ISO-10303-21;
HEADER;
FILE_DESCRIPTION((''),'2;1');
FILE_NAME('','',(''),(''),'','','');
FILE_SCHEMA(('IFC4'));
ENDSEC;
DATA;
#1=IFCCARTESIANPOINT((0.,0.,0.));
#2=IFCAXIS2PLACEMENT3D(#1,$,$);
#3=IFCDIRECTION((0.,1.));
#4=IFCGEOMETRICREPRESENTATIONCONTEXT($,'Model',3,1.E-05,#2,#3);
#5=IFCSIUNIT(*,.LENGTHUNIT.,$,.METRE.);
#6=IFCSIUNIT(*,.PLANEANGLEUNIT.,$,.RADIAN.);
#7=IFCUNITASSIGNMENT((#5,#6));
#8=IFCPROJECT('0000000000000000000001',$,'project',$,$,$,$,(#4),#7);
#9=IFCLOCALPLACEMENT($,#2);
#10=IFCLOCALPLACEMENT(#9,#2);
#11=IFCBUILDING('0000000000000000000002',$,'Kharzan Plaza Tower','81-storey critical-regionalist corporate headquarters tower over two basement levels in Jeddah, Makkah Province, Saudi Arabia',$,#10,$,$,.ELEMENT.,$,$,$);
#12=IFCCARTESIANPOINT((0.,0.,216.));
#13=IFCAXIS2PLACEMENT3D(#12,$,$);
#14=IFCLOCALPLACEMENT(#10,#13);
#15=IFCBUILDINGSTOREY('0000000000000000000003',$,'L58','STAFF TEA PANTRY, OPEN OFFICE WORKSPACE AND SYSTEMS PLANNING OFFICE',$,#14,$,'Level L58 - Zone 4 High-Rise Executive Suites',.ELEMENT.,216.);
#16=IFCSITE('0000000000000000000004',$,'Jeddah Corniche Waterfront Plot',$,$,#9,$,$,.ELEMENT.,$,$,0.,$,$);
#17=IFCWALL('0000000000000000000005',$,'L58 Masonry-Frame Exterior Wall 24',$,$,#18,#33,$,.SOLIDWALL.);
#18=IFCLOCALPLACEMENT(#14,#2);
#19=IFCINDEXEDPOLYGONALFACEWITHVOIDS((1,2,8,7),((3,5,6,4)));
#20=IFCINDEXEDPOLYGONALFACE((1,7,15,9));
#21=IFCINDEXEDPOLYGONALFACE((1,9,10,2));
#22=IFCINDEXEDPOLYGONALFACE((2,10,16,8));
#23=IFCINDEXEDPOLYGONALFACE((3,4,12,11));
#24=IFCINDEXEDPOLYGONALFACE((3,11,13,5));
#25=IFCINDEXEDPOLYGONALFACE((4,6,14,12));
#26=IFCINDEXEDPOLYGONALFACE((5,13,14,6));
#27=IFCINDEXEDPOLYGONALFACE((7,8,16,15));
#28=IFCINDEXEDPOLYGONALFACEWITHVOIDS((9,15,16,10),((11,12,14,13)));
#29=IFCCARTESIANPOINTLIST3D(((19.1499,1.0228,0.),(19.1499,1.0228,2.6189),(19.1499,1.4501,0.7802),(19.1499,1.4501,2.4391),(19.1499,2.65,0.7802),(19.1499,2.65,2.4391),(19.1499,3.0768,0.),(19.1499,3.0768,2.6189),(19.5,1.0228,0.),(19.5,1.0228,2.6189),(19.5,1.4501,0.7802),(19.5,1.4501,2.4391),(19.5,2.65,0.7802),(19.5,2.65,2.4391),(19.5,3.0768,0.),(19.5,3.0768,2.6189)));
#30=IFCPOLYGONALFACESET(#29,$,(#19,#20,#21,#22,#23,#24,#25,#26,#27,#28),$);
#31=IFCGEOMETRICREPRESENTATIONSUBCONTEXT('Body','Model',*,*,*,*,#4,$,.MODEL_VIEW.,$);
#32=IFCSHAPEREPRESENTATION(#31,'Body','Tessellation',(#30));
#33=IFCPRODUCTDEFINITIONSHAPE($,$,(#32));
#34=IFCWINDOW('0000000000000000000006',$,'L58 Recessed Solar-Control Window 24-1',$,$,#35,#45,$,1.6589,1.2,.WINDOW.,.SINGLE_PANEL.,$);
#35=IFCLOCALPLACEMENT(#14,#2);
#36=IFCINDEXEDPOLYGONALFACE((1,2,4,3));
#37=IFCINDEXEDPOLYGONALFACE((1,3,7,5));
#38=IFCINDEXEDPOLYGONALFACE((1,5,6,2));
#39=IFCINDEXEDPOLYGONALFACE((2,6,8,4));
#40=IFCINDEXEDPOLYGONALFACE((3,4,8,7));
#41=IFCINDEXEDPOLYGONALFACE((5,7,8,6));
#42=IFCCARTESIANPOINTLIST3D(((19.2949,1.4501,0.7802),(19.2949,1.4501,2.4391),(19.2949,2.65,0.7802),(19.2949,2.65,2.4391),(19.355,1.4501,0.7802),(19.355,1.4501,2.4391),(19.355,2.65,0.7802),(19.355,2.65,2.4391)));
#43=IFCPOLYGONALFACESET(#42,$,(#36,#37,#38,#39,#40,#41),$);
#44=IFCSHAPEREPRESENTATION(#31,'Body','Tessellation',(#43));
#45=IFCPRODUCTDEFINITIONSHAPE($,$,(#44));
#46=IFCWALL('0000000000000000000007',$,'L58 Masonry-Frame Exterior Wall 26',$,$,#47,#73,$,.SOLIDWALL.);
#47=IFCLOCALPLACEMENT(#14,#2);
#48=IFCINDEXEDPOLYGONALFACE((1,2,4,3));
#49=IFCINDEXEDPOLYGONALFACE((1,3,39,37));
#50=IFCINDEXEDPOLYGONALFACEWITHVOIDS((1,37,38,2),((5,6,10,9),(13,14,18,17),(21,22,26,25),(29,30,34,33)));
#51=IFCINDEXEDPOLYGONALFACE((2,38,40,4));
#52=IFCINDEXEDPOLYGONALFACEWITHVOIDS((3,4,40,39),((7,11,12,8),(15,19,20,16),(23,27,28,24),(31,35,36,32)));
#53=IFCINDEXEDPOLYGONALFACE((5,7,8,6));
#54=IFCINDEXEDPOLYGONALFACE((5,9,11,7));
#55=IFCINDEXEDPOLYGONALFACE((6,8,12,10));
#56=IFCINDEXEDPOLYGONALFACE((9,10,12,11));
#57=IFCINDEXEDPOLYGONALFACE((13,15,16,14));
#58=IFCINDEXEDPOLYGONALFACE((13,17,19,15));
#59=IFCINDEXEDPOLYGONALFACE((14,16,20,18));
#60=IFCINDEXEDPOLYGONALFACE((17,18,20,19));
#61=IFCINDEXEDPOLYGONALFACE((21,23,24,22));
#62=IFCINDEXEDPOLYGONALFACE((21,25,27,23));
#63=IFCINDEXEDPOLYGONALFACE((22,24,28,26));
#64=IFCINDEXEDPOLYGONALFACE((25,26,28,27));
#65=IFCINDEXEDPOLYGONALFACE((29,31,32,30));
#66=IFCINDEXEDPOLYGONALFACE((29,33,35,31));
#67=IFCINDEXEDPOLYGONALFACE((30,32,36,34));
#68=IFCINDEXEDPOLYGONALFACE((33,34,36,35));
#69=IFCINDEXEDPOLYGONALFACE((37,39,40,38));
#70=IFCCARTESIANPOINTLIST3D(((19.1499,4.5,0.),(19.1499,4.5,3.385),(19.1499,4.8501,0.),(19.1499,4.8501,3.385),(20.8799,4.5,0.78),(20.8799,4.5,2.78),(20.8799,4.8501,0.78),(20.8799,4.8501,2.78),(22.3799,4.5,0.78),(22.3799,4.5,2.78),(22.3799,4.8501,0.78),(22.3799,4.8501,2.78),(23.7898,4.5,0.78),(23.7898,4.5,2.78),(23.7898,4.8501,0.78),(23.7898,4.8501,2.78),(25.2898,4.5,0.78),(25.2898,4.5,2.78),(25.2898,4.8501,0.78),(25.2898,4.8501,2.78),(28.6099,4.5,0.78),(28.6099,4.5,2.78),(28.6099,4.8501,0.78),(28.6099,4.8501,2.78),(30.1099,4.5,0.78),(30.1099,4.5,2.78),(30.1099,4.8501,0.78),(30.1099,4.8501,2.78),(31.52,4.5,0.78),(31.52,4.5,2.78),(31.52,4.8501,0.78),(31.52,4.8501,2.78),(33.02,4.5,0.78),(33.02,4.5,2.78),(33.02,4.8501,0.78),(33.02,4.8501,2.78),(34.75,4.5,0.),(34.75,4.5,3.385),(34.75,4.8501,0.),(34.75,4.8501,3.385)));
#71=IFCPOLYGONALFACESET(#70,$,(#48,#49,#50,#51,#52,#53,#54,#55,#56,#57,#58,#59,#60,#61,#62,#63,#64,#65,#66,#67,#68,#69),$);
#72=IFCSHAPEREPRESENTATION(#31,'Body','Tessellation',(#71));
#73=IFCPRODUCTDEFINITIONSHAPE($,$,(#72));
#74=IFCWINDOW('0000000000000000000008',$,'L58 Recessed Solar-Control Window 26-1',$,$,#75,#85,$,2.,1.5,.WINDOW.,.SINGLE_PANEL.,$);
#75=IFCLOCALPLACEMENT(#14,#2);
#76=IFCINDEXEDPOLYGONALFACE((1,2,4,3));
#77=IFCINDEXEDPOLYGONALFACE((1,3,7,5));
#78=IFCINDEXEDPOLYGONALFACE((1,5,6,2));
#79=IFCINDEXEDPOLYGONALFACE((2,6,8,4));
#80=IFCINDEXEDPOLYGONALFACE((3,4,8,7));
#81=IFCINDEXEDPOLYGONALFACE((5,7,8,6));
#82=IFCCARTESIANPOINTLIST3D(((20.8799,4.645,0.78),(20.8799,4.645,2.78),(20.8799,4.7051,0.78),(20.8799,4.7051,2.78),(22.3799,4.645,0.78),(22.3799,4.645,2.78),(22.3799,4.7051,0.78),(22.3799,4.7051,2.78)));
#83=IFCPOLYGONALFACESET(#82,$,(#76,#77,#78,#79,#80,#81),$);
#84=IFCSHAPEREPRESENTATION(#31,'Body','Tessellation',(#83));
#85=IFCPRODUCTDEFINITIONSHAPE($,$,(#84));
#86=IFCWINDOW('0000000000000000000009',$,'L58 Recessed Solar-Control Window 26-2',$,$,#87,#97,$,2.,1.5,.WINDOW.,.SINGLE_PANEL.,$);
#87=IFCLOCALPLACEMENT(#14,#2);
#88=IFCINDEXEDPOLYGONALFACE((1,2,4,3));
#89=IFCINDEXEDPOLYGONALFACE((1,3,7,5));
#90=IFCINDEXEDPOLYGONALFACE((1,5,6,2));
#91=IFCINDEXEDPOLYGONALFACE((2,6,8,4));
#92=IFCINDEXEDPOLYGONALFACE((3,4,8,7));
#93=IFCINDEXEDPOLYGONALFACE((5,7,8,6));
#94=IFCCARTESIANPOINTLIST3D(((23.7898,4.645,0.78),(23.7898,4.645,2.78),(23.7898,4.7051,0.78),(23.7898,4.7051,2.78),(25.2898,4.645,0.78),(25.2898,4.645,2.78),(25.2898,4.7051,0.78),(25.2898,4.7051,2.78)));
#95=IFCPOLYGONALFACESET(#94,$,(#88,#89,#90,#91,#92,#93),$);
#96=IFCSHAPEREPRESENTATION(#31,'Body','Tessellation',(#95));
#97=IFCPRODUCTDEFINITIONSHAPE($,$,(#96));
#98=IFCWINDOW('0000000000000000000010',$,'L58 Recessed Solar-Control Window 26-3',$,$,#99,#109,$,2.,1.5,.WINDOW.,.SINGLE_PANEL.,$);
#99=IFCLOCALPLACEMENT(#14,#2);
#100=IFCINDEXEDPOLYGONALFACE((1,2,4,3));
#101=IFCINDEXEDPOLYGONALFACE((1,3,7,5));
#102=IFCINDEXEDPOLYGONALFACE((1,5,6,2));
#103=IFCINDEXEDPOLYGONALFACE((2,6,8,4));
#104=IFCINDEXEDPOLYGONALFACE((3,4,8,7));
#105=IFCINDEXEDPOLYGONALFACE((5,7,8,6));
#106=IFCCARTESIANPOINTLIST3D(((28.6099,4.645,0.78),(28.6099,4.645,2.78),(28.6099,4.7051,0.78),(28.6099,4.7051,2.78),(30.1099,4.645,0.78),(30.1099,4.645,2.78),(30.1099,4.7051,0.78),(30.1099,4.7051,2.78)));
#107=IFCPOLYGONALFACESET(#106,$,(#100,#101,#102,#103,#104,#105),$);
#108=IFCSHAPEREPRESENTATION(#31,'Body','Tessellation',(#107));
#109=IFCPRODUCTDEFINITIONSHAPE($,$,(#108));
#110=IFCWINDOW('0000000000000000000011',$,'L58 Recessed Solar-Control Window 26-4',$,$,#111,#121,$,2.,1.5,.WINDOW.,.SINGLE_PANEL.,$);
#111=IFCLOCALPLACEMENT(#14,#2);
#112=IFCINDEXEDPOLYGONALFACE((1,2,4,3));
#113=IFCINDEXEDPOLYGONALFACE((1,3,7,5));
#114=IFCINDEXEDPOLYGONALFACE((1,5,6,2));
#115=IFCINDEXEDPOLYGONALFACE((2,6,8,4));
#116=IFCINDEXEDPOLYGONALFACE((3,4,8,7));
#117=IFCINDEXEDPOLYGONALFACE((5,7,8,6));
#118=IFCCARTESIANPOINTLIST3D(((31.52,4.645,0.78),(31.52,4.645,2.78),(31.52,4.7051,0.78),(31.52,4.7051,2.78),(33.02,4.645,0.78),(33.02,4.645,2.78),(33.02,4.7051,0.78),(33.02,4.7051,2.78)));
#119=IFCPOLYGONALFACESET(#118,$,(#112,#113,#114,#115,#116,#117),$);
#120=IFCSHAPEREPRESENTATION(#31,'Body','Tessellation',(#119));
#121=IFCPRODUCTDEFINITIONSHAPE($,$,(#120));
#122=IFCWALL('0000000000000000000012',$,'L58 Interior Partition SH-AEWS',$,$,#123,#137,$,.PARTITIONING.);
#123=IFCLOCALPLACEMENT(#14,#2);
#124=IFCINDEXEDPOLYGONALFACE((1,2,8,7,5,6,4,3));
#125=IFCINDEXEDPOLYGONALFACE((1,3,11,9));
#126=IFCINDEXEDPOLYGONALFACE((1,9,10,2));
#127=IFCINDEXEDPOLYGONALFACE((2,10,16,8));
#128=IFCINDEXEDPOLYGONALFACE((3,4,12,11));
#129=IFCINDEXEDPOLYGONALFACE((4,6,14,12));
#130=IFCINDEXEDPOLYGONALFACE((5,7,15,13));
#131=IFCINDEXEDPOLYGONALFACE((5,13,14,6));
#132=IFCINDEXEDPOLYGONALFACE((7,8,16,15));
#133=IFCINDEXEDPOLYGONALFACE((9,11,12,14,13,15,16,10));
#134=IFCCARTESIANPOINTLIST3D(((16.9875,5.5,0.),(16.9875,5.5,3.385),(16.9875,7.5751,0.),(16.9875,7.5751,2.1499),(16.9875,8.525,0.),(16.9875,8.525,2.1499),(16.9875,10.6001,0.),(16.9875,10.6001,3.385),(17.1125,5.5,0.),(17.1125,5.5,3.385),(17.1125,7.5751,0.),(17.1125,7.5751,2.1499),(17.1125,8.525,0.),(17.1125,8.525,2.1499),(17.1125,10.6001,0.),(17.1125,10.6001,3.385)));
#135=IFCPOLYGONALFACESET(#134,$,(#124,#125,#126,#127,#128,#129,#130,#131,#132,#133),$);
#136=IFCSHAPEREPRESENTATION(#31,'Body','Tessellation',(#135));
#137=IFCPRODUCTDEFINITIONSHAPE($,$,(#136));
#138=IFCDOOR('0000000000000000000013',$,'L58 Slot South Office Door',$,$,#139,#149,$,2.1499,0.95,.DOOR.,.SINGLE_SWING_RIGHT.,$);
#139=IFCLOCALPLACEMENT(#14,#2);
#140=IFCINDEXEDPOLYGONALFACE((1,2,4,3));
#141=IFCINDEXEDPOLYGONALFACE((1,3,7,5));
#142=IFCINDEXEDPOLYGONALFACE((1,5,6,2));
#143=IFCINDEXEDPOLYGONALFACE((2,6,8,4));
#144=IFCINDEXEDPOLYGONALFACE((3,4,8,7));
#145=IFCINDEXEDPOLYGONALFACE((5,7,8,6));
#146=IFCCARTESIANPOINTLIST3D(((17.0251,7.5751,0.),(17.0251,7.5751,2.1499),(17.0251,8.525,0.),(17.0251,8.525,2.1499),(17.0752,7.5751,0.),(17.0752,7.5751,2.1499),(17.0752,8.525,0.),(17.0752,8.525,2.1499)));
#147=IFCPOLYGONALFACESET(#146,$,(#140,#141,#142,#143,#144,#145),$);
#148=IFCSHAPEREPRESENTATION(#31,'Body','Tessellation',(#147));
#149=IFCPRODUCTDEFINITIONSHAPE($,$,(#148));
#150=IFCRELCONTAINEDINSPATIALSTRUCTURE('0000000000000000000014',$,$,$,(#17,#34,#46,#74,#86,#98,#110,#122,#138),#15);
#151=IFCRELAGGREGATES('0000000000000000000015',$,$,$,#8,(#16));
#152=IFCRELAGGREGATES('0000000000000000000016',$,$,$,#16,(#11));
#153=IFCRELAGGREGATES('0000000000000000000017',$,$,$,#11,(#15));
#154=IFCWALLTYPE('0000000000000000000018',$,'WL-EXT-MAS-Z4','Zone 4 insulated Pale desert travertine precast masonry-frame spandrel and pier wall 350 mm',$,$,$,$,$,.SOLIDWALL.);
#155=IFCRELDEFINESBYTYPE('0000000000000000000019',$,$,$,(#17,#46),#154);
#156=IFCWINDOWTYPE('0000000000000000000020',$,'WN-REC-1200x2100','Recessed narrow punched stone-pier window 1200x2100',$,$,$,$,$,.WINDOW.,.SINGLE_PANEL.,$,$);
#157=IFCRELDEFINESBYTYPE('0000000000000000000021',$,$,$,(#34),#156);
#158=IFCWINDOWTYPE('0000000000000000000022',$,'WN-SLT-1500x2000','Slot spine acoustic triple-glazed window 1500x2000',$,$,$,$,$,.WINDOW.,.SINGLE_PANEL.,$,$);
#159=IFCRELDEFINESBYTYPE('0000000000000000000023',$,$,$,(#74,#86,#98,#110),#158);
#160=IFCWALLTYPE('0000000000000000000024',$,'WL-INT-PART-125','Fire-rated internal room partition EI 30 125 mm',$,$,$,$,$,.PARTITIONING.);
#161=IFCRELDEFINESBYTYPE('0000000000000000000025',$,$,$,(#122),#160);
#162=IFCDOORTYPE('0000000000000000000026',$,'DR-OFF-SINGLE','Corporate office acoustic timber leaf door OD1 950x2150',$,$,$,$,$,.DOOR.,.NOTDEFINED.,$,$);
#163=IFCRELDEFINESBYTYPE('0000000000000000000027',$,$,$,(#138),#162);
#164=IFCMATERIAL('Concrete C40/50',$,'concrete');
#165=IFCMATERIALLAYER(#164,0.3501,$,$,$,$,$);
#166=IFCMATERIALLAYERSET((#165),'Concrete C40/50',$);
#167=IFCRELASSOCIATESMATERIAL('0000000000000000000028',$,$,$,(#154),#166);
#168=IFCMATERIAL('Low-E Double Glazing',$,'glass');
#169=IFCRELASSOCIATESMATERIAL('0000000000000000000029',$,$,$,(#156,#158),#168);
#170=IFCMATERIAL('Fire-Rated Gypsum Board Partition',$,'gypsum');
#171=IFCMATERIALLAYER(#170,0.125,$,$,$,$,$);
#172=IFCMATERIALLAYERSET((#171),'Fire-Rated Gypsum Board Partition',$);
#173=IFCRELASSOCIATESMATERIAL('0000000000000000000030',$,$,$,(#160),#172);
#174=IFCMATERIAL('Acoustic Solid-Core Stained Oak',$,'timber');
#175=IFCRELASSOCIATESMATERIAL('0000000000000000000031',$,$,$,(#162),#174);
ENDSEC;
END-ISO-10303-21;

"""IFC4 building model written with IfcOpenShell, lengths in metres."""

from ifc_helpers import new_model, si_unit, direction, frame, frame_2d, origin, place, context, subcontext, project, spatial, rectangle, extrude, source, transform, mapped, material, layer, layer_set, type_object, element, fill, save


model = new_model("IFC4")

# Units and contexts
model_context = context("Model", 3, precision=1e-05, world=origin(), true_north=direction((0.0, 1.0)))
body_context = subcontext(model_context, "Body", "Model", "MODEL_VIEW")
ifc_project = project(units=[si_unit("LENGTHUNIT", "METRE"), si_unit("PLANEANGLEUNIT", "RADIAN")], contexts=[model_context])

# Site, building, storey
site_placement = place(None, origin())
site = spatial("IfcSite", under=ifc_project, at=site_placement, Name="Jeddah Corniche Waterfront Plot", CompositionType="ELEMENT", RefElevation=0.0)
building_placement = place(site_placement, origin())
building = spatial("IfcBuilding", under=site, at=building_placement, Name="Kharzan Plaza Tower", Description="81-storey critical-regionalist corporate headquarters tower over two basement levels in Jeddah, Makkah Province, Saudi Arabia", CompositionType="ELEMENT")
storey_placement = place(building_placement, frame((0.0, 0.0, 216.0)))
storey = spatial("IfcBuildingStorey", under=building, at=storey_placement, Name="L58", Description="STAFF TEA PANTRY, OPEN OFFICE WORKSPACE AND SYSTEMS PLANNING OFFICE", LongName="Level L58 - Zone 4 High-Rise Executive Suites", CompositionType="ELEMENT", Elevation=216.0)

# Wall, opening, window
ifc_material_1 = material(Name="Concrete C40/50", Category="concrete")
ifc_layer_1 = layer(ifc_material_1, 0.3501)
ifc_layer_set_1 = layer_set([ifc_layer_1], Name="Concrete C40/50")
wall_type_1 = type_object("IfcWallType", Name="WL-EXT-MAS-Z4", Description="Zone 4 insulated Pale desert travertine precast masonry-frame spandrel and pier wall 350 mm", PredefinedType="SOLIDWALL", material=ifc_layer_set_1)
wall_1_placement = place(storey_placement, frame((19.325, 1.0229, 0.0), z_axis=(0.0, 0.0, 1.0), x_axis=(0.0, 1.0, 0.0)))
wall_1 = element("IfcWall", 1, at=wall_1_placement, inside=storey, type_object=wall_type_1, Name="L58 Masonry-Frame Exterior Wall 24", PredefinedType="SOLIDWALL", context=body_context, shape_type="SweptSolid", body=[
    extrude(rectangle(XDim=2.054, YDim=0.3501, at=frame_2d((1.0269, 0.0))), origin(), (0.0, 0.0, 1.0), 2.6189),
])
opening_1_placement = place(wall_1_placement, frame((0.427, 0.0, 0.78)))
opening_1 = element("IfcOpeningElement", 2, at=opening_1_placement, cuts=wall_1, PredefinedType="OPENING", context=body_context, shape_type="SweptSolid", body=[
    extrude(rectangle(XDim=1.2, YDim=1.6589, at=frame_2d((0.6001, 0.8296))), frame((0.0, 0.1851, 0.0), z_axis=(0.0, -1.0, 0.0), x_axis=(1.0, 0.0, 0.0)), (0.0, 0.0, 1.0), 0.3701),
])
ifc_material_2 = material(Name="Low-E Double Glazing", Category="glass")
window_type_1 = type_object("IfcWindowType", Name="WN-REC-1200x2100", Description="Recessed narrow punched stone-pier window 1200x2100", PartitioningType="SINGLE_PANEL", PredefinedType="WINDOW", material=ifc_material_2)
shared_shape_1 = source(origin(), body_context, "Body", "SweptSolid", [
    extrude(rectangle(XDim=1.2, YDim=1.6589, at=frame_2d((0.6001, 0.8296))), frame((0.0, 0.03, 0.0), z_axis=(0.0, -1.0, 0.0), x_axis=(1.0, 0.0, 0.0)), (0.0, 0.0, 1.0), 0.0601),
])
window_1_placement = place(opening_1_placement, origin())
window_1 = element("IfcWindow", 3, at=window_1_placement, inside=storey, type_object=window_type_1, Name="L58 Recessed Solar-Control Window 24-1", OverallHeight=1.6589, OverallWidth=1.2, PartitioningType="SINGLE_PANEL", PredefinedType="WINDOW", context=body_context, shape_type="MappedRepresentation", body=[
    mapped(shared_shape_1, transform((0.0, 0.0, 0.0), x_axis=(1.0, 0.0, 0.0), y_axis=(0.0, 1.0, 0.0), z_axis=(0.0, 0.0, 1.0))),
])
fill(opening_1, window_1)

# Wall, openings, windows
wall_2_placement = place(storey_placement, frame((19.1499, 4.675, 0.0), z_axis=(0.0, 0.0, 1.0), x_axis=(1.0, 0.0, 0.0)))
wall_2 = element("IfcWall", 4, at=wall_2_placement, inside=storey, type_object=wall_type_1, Name="L58 Masonry-Frame Exterior Wall 26", PredefinedType="SOLIDWALL", context=body_context, shape_type="SweptSolid", body=[
    extrude(rectangle(XDim=15.6001, YDim=0.3501, at=frame_2d((7.8, 0.0))), origin(), (0.0, 0.0, 1.0), 3.385),
])
opening_2_placement = place(wall_2_placement, frame((1.73, 0.0, 0.78)))
opening_2 = element("IfcOpeningElement", 5, at=opening_2_placement, cuts=wall_2, PredefinedType="OPENING", context=body_context, shape_type="SweptSolid", body=[
    extrude(rectangle(XDim=1.5, YDim=2.0, at=frame_2d((0.75, 1.0))), frame((0.0, 0.1851, 0.0), z_axis=(0.0, -1.0, 0.0), x_axis=(1.0, 0.0, 0.0)), (0.0, 0.0, 1.0), 0.3701),
])
opening_3_placement = place(wall_2_placement, frame((4.6399, 0.0, 0.78)))
opening_3 = element("IfcOpeningElement", 6, at=opening_3_placement, cuts=wall_2, PredefinedType="OPENING", context=body_context, shape_type="SweptSolid", body=[
    extrude(rectangle(XDim=1.5, YDim=2.0, at=frame_2d((0.75, 1.0))), frame((0.0, 0.1851, 0.0), z_axis=(0.0, -1.0, 0.0), x_axis=(1.0, 0.0, 0.0)), (0.0, 0.0, 1.0), 0.3701),
])
opening_4_placement = place(wall_2_placement, frame((9.46, 0.0, 0.78)))
opening_4 = element("IfcOpeningElement", 7, at=opening_4_placement, cuts=wall_2, PredefinedType="OPENING", context=body_context, shape_type="SweptSolid", body=[
    extrude(rectangle(XDim=1.5, YDim=2.0, at=frame_2d((0.75, 1.0))), frame((0.0, 0.1851, 0.0), z_axis=(0.0, -1.0, 0.0), x_axis=(1.0, 0.0, 0.0)), (0.0, 0.0, 1.0), 0.3701),
])
opening_5_placement = place(wall_2_placement, frame((12.3701, 0.0, 0.78)))
opening_5 = element("IfcOpeningElement", 8, at=opening_5_placement, cuts=wall_2, PredefinedType="OPENING", context=body_context, shape_type="SweptSolid", body=[
    extrude(rectangle(XDim=1.5, YDim=2.0, at=frame_2d((0.75, 1.0))), frame((0.0, 0.1851, 0.0), z_axis=(0.0, -1.0, 0.0), x_axis=(1.0, 0.0, 0.0)), (0.0, 0.0, 1.0), 0.3701),
])
window_type_2 = type_object("IfcWindowType", Name="WN-SLT-1500x2000", Description="Slot spine acoustic triple-glazed window 1500x2000", PartitioningType="SINGLE_PANEL", PredefinedType="WINDOW", material=ifc_material_2)
shared_shape_2 = source(origin(), body_context, "Body", "SweptSolid", [
    extrude(rectangle(XDim=1.5, YDim=2.0, at=frame_2d((0.75, 1.0))), frame((0.0, 0.03, 0.0), z_axis=(0.0, -1.0, 0.0), x_axis=(1.0, 0.0, 0.0)), (0.0, 0.0, 1.0), 0.0601),
])
window_2_placement = place(opening_2_placement, origin())
window_2 = element("IfcWindow", 9, at=window_2_placement, inside=storey, type_object=window_type_2, Name="L58 Recessed Solar-Control Window 26-1", OverallHeight=2.0, OverallWidth=1.5, PartitioningType="SINGLE_PANEL", PredefinedType="WINDOW", context=body_context, shape_type="MappedRepresentation", body=[
    mapped(shared_shape_2, transform((0.0, 0.0, 0.0), x_axis=(1.0, 0.0, 0.0), y_axis=(0.0, 1.0, 0.0), z_axis=(0.0, 0.0, 1.0))),
])
fill(opening_2, window_2)
window_3_placement = place(opening_3_placement, origin())
window_3 = element("IfcWindow", 10, at=window_3_placement, inside=storey, type_object=window_type_2, Name="L58 Recessed Solar-Control Window 26-2", OverallHeight=2.0, OverallWidth=1.5, PartitioningType="SINGLE_PANEL", PredefinedType="WINDOW", context=body_context, shape_type="MappedRepresentation", body=[
    mapped(shared_shape_2, transform((0.0, 0.0, 0.0), x_axis=(1.0, 0.0, 0.0), y_axis=(0.0, 1.0, 0.0), z_axis=(0.0, 0.0, 1.0))),
])
fill(opening_3, window_3)
window_4_placement = place(opening_4_placement, origin())
window_4 = element("IfcWindow", 11, at=window_4_placement, inside=storey, type_object=window_type_2, Name="L58 Recessed Solar-Control Window 26-3", OverallHeight=2.0, OverallWidth=1.5, PartitioningType="SINGLE_PANEL", PredefinedType="WINDOW", context=body_context, shape_type="MappedRepresentation", body=[
    mapped(shared_shape_2, transform((0.0, 0.0, 0.0), x_axis=(1.0, 0.0, 0.0), y_axis=(0.0, 1.0, 0.0), z_axis=(0.0, 0.0, 1.0))),
])
fill(opening_4, window_4)
window_5_placement = place(opening_5_placement, origin())
window_5 = element("IfcWindow", 12, at=window_5_placement, inside=storey, type_object=window_type_2, Name="L58 Recessed Solar-Control Window 26-4", OverallHeight=2.0, OverallWidth=1.5, PartitioningType="SINGLE_PANEL", PredefinedType="WINDOW", context=body_context, shape_type="MappedRepresentation", body=[
    mapped(shared_shape_2, transform((0.0, 0.0, 0.0), x_axis=(1.0, 0.0, 0.0), y_axis=(0.0, 1.0, 0.0), z_axis=(0.0, 0.0, 1.0))),
])
fill(opening_5, window_5)

# Wall, opening, door
ifc_material_3 = material(Name="Fire-Rated Gypsum Board Partition", Category="gypsum")
ifc_layer_2 = layer(ifc_material_3, 0.125)
ifc_layer_set_2 = layer_set([ifc_layer_2], Name="Fire-Rated Gypsum Board Partition")
wall_type_2 = type_object("IfcWallType", Name="WL-INT-PART-125", Description="Fire-rated internal room partition EI 30 125 mm", PredefinedType="PARTITIONING", material=ifc_layer_set_2)
wall_3_placement = place(storey_placement, frame((17.05, 5.5, 0.0), z_axis=(0.0, 0.0, 1.0), x_axis=(0.0, 1.0, 0.0)))
wall_3 = element("IfcWall", 13, at=wall_3_placement, inside=storey, type_object=wall_type_2, Name="L58 Interior Partition SH-AEWS", PredefinedType="PARTITIONING", context=body_context, shape_type="SweptSolid", body=[
    extrude(rectangle(XDim=5.1001, YDim=0.125, at=frame_2d((2.55, 0.0))), origin(), (0.0, 0.0, 1.0), 3.385),
])
opening_6_placement = place(wall_3_placement, frame((2.075, 0.0, 0.0)))
opening_6 = element("IfcOpeningElement", 14, at=opening_6_placement, cuts=wall_3, PredefinedType="OPENING", context=body_context, shape_type="SweptSolid", body=[
    extrude(rectangle(XDim=0.95, YDim=2.1499, at=frame_2d((0.4751, 1.075))), frame((0.0, 0.0725, 0.0), z_axis=(0.0, -1.0, 0.0), x_axis=(1.0, 0.0, 0.0)), (0.0, 0.0, 1.0), 0.145),
])
ifc_material_4 = material(Name="Acoustic Solid-Core Stained Oak", Category="timber")
door_type = type_object("IfcDoorType", Name="DR-OFF-SINGLE", Description="Corporate office acoustic timber leaf door OD1 950x2150", OperationType="NOTDEFINED", PredefinedType="DOOR", material=ifc_material_4)
shared_shape_3 = source(origin(), body_context, "Body", "SweptSolid", [
    extrude(rectangle(XDim=0.95, YDim=2.1499, at=frame_2d((0.4751, 1.075))), frame((0.0, 0.0249, 0.0), z_axis=(0.0, -1.0, 0.0), x_axis=(1.0, 0.0, 0.0)), (0.0, 0.0, 1.0), 0.05),
])
door_placement = place(opening_6_placement, origin())
door = element("IfcDoor", 15, at=door_placement, inside=storey, type_object=door_type, Name="L58 Slot South Office Door", OperationType="SINGLE_SWING_RIGHT", OverallHeight=2.1499, OverallWidth=0.95, PredefinedType="DOOR", context=body_context, shape_type="MappedRepresentation", body=[
    mapped(shared_shape_3, transform((0.0, 0.0, 0.0), x_axis=(1.0, 0.0, 0.0), y_axis=(0.0, 1.0, 0.0), z_axis=(0.0, 0.0, 1.0))),
])
fill(opening_6, door)

save(model, "model.ifc")
